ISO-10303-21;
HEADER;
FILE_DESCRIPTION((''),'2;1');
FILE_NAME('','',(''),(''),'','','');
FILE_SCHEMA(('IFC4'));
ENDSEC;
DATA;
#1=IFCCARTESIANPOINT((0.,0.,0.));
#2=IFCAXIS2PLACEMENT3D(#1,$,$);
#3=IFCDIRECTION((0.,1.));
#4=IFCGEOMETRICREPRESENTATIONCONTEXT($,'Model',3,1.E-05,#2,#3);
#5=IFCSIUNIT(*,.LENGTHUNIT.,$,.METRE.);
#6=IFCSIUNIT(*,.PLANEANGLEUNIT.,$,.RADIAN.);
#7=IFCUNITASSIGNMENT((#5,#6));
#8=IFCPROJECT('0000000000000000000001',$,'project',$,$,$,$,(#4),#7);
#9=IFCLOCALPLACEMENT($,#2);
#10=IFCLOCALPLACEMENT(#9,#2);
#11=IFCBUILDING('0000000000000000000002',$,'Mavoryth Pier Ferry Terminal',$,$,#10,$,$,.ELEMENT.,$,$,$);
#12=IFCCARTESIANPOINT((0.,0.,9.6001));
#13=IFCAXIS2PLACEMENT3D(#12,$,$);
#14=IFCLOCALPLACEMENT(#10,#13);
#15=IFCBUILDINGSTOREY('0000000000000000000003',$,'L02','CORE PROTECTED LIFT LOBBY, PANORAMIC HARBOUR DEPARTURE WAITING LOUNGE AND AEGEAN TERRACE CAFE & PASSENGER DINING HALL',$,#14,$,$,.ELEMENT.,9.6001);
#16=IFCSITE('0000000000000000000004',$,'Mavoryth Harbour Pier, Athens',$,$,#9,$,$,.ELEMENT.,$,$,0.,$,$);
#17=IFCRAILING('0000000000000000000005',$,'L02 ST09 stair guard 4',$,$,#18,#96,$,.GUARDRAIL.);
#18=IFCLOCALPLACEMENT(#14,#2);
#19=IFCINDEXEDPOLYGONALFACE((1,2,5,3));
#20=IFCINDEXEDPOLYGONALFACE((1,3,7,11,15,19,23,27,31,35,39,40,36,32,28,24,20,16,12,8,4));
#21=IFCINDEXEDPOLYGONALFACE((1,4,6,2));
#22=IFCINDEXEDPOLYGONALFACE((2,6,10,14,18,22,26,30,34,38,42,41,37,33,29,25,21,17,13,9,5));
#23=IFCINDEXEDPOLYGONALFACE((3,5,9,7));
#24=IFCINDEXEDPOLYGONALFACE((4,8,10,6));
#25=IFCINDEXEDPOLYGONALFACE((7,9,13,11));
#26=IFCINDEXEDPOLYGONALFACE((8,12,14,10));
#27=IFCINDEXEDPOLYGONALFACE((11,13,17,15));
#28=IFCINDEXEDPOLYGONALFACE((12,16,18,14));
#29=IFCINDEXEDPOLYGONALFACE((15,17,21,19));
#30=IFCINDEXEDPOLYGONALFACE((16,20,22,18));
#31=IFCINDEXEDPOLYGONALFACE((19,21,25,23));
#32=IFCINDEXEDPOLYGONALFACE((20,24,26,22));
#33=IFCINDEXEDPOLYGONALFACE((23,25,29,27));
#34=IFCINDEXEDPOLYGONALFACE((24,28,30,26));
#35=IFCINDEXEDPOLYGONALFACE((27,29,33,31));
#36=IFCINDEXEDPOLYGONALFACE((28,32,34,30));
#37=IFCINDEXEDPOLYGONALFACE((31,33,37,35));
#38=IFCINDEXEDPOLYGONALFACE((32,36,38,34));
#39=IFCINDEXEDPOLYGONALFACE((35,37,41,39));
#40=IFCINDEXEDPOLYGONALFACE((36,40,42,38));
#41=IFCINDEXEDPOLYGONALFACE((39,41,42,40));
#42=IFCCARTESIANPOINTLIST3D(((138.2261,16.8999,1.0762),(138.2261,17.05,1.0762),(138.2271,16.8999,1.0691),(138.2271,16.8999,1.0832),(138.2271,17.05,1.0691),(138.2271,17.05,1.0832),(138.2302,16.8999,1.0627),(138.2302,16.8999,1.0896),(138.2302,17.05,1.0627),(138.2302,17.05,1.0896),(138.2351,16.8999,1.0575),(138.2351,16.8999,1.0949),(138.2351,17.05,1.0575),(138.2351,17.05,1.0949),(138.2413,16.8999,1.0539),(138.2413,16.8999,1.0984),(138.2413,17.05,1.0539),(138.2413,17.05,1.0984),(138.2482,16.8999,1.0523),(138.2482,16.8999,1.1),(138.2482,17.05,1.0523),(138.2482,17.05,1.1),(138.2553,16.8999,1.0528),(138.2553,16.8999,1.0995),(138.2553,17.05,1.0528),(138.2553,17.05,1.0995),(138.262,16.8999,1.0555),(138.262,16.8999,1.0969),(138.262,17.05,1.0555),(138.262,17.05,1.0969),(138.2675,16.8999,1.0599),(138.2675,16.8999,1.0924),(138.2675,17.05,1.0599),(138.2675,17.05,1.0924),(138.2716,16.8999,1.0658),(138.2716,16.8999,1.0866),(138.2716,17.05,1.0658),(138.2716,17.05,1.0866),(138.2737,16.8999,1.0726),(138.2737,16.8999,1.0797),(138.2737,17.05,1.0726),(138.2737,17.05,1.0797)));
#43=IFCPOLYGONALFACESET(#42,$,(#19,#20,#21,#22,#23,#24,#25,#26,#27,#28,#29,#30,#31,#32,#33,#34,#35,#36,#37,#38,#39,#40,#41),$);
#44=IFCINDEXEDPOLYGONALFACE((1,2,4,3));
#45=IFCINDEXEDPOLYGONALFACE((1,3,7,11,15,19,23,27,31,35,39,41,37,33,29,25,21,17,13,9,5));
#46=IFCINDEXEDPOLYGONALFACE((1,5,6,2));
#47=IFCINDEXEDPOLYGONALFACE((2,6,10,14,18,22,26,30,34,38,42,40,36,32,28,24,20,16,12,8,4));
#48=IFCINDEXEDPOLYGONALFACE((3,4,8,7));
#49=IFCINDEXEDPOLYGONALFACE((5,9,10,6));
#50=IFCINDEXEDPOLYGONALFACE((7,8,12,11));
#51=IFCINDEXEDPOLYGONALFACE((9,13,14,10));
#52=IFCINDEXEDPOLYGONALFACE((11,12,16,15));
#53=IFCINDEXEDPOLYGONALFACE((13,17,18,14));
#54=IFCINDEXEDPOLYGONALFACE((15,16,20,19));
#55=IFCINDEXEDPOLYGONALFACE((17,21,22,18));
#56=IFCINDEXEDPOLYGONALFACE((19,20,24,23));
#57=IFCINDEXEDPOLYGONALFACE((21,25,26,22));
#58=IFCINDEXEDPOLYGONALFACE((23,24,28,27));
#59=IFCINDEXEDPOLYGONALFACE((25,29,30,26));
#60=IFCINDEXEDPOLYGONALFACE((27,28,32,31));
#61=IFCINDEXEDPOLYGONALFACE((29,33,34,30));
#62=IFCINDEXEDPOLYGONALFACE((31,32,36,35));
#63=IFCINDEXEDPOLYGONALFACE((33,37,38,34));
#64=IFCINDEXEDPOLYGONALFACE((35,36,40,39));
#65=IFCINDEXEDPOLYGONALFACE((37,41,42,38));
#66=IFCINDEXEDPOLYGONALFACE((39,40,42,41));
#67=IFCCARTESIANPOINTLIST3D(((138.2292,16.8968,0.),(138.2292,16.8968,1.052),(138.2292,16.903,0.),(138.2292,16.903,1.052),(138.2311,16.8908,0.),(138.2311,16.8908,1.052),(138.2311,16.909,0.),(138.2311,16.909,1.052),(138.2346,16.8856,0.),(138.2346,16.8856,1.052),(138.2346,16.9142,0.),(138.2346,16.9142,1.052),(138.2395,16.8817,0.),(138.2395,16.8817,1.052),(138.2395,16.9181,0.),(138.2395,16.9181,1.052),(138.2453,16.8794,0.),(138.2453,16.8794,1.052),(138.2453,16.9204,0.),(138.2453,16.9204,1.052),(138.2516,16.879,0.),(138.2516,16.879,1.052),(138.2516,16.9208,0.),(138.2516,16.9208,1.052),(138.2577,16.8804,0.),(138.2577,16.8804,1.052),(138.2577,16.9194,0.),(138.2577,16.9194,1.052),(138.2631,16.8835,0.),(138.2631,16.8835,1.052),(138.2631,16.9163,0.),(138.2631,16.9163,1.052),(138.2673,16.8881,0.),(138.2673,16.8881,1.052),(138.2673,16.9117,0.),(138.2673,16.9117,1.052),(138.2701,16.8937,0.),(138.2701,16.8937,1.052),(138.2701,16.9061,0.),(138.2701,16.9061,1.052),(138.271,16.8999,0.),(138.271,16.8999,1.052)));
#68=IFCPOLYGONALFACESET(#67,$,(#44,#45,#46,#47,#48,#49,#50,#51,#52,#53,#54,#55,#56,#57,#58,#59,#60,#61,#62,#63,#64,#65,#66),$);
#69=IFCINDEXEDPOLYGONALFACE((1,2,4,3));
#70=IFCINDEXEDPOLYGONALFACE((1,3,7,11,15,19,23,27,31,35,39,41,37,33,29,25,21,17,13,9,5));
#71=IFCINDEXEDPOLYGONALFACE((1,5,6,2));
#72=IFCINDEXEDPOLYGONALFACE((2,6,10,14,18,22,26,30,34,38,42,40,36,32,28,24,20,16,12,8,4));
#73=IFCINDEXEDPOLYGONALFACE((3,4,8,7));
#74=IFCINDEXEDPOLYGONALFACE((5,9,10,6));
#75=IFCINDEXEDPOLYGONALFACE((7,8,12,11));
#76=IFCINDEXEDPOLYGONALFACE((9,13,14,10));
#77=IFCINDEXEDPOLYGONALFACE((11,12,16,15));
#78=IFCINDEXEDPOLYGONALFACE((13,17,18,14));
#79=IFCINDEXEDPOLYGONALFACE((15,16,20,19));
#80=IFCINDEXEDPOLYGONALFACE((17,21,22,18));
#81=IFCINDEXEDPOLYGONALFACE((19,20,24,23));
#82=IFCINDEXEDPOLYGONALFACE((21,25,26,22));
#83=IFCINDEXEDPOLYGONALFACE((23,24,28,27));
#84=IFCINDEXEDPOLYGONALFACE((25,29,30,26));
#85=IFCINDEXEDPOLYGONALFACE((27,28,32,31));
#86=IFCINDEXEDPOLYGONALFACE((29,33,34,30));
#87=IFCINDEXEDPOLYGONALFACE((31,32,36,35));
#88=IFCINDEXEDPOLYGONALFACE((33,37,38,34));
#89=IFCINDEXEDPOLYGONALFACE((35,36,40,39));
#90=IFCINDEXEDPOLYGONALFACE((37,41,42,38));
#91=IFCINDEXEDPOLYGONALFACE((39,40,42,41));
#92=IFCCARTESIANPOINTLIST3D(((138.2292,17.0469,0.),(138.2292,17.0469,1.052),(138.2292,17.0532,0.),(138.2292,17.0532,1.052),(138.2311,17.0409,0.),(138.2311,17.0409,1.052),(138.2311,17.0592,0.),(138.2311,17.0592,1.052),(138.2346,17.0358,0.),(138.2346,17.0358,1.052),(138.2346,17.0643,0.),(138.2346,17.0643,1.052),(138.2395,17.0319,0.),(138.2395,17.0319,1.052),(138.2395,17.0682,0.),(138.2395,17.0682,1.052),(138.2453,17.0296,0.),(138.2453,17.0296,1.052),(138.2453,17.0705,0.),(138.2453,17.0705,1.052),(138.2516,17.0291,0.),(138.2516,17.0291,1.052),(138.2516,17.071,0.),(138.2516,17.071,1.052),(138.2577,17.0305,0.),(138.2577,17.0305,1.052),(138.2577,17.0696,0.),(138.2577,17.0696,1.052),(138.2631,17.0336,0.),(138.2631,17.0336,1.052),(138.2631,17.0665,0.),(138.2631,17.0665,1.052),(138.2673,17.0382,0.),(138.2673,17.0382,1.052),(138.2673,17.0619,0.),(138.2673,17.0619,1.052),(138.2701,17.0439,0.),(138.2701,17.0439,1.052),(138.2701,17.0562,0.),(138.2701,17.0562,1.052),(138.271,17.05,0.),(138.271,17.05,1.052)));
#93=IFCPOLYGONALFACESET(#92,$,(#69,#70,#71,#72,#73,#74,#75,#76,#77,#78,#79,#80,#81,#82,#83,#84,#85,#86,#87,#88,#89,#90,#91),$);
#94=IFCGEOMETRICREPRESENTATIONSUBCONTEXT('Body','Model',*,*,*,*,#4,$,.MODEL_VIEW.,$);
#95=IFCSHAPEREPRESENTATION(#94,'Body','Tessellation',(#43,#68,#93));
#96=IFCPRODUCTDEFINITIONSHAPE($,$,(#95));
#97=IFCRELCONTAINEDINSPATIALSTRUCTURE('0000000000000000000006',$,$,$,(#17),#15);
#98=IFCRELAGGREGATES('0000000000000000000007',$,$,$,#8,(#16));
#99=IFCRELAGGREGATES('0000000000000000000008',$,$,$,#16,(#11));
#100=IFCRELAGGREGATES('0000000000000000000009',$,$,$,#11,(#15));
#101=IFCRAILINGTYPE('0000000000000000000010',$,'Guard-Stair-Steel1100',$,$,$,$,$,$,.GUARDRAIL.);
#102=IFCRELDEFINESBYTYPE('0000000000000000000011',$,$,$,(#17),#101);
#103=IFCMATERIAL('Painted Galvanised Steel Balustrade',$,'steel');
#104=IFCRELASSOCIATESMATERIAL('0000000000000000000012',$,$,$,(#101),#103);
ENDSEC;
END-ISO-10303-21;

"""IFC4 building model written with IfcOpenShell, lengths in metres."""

from ifc_helpers import new_model, si_unit, direction, frame, origin, origin_2d, place, context, subcontext, project, spatial, circle, extrude, material, type_object, element, save


model = new_model("IFC4")

# Units and contexts
model_context = context("Model", 3, precision=1e-05, world=origin(), true_north=direction((0.0, 1.0)))
body_context = subcontext(model_context, "Body", "Model", "MODEL_VIEW")
ifc_project = project(units=[si_unit("LENGTHUNIT", "METRE"), si_unit("PLANEANGLEUNIT", "RADIAN")], contexts=[model_context])

# Site, building, storey
site_placement = place(None, origin())
site = spatial("IfcSite", under=ifc_project, at=site_placement, Name="Mavoryth Harbour Pier, Athens", CompositionType="ELEMENT", RefElevation=0.0)
building_placement = place(site_placement, origin())
building = spatial("IfcBuilding", under=site, at=building_placement, Name="Mavoryth Pier Ferry Terminal", CompositionType="ELEMENT")
storey_placement = place(building_placement, frame((0.0, 0.0, 9.6001)))
storey = spatial("IfcBuildingStorey", under=building, at=storey_placement, Name="L02", Description="CORE PROTECTED LIFT LOBBY, PANORAMIC HARBOUR DEPARTURE WAITING LOUNGE AND AEGEAN TERRACE CAFE & PASSENGER DINING HALL", CompositionType="ELEMENT", Elevation=9.6001)

# Railing
ifc_material_1 = material(Name="Painted Galvanised Steel Balustrade", Category="steel")
railing_type_1 = type_object("IfcRailingType", Name="Guard-Stair-Steel1100", PredefinedType="GUARDRAIL", material=ifc_material_1)
railing_1_placement = place(storey_placement, frame((138.25, 16.8999, 0.0)))
element("IfcRailing", 1, at=railing_1_placement, inside=storey, type_object=railing_type_1, Name="L02 ST09 stair guard 4", PredefinedType="GUARDRAIL", context=body_context, shape_type="SweptSolid", body=[
    extrude(circle(Radius=0.0239, at=origin_2d()), frame((0.0, 0.0, 1.0762), z_axis=(0.0, 1.0, 0.0), x_axis=(-1.0, 0.0, 0.0)), (0.0, 0.0, 1.0), 0.1501),
    extrude(circle(Radius=0.021, at=origin_2d()), origin(), (0.0, 0.0, 1.0), 1.052),
    extrude(circle(Radius=0.021, at=origin_2d()), frame((0.0, 0.1501, 0.0)), (0.0, 0.0, 1.0), 1.052),
])

save(model, "model.ifc")
